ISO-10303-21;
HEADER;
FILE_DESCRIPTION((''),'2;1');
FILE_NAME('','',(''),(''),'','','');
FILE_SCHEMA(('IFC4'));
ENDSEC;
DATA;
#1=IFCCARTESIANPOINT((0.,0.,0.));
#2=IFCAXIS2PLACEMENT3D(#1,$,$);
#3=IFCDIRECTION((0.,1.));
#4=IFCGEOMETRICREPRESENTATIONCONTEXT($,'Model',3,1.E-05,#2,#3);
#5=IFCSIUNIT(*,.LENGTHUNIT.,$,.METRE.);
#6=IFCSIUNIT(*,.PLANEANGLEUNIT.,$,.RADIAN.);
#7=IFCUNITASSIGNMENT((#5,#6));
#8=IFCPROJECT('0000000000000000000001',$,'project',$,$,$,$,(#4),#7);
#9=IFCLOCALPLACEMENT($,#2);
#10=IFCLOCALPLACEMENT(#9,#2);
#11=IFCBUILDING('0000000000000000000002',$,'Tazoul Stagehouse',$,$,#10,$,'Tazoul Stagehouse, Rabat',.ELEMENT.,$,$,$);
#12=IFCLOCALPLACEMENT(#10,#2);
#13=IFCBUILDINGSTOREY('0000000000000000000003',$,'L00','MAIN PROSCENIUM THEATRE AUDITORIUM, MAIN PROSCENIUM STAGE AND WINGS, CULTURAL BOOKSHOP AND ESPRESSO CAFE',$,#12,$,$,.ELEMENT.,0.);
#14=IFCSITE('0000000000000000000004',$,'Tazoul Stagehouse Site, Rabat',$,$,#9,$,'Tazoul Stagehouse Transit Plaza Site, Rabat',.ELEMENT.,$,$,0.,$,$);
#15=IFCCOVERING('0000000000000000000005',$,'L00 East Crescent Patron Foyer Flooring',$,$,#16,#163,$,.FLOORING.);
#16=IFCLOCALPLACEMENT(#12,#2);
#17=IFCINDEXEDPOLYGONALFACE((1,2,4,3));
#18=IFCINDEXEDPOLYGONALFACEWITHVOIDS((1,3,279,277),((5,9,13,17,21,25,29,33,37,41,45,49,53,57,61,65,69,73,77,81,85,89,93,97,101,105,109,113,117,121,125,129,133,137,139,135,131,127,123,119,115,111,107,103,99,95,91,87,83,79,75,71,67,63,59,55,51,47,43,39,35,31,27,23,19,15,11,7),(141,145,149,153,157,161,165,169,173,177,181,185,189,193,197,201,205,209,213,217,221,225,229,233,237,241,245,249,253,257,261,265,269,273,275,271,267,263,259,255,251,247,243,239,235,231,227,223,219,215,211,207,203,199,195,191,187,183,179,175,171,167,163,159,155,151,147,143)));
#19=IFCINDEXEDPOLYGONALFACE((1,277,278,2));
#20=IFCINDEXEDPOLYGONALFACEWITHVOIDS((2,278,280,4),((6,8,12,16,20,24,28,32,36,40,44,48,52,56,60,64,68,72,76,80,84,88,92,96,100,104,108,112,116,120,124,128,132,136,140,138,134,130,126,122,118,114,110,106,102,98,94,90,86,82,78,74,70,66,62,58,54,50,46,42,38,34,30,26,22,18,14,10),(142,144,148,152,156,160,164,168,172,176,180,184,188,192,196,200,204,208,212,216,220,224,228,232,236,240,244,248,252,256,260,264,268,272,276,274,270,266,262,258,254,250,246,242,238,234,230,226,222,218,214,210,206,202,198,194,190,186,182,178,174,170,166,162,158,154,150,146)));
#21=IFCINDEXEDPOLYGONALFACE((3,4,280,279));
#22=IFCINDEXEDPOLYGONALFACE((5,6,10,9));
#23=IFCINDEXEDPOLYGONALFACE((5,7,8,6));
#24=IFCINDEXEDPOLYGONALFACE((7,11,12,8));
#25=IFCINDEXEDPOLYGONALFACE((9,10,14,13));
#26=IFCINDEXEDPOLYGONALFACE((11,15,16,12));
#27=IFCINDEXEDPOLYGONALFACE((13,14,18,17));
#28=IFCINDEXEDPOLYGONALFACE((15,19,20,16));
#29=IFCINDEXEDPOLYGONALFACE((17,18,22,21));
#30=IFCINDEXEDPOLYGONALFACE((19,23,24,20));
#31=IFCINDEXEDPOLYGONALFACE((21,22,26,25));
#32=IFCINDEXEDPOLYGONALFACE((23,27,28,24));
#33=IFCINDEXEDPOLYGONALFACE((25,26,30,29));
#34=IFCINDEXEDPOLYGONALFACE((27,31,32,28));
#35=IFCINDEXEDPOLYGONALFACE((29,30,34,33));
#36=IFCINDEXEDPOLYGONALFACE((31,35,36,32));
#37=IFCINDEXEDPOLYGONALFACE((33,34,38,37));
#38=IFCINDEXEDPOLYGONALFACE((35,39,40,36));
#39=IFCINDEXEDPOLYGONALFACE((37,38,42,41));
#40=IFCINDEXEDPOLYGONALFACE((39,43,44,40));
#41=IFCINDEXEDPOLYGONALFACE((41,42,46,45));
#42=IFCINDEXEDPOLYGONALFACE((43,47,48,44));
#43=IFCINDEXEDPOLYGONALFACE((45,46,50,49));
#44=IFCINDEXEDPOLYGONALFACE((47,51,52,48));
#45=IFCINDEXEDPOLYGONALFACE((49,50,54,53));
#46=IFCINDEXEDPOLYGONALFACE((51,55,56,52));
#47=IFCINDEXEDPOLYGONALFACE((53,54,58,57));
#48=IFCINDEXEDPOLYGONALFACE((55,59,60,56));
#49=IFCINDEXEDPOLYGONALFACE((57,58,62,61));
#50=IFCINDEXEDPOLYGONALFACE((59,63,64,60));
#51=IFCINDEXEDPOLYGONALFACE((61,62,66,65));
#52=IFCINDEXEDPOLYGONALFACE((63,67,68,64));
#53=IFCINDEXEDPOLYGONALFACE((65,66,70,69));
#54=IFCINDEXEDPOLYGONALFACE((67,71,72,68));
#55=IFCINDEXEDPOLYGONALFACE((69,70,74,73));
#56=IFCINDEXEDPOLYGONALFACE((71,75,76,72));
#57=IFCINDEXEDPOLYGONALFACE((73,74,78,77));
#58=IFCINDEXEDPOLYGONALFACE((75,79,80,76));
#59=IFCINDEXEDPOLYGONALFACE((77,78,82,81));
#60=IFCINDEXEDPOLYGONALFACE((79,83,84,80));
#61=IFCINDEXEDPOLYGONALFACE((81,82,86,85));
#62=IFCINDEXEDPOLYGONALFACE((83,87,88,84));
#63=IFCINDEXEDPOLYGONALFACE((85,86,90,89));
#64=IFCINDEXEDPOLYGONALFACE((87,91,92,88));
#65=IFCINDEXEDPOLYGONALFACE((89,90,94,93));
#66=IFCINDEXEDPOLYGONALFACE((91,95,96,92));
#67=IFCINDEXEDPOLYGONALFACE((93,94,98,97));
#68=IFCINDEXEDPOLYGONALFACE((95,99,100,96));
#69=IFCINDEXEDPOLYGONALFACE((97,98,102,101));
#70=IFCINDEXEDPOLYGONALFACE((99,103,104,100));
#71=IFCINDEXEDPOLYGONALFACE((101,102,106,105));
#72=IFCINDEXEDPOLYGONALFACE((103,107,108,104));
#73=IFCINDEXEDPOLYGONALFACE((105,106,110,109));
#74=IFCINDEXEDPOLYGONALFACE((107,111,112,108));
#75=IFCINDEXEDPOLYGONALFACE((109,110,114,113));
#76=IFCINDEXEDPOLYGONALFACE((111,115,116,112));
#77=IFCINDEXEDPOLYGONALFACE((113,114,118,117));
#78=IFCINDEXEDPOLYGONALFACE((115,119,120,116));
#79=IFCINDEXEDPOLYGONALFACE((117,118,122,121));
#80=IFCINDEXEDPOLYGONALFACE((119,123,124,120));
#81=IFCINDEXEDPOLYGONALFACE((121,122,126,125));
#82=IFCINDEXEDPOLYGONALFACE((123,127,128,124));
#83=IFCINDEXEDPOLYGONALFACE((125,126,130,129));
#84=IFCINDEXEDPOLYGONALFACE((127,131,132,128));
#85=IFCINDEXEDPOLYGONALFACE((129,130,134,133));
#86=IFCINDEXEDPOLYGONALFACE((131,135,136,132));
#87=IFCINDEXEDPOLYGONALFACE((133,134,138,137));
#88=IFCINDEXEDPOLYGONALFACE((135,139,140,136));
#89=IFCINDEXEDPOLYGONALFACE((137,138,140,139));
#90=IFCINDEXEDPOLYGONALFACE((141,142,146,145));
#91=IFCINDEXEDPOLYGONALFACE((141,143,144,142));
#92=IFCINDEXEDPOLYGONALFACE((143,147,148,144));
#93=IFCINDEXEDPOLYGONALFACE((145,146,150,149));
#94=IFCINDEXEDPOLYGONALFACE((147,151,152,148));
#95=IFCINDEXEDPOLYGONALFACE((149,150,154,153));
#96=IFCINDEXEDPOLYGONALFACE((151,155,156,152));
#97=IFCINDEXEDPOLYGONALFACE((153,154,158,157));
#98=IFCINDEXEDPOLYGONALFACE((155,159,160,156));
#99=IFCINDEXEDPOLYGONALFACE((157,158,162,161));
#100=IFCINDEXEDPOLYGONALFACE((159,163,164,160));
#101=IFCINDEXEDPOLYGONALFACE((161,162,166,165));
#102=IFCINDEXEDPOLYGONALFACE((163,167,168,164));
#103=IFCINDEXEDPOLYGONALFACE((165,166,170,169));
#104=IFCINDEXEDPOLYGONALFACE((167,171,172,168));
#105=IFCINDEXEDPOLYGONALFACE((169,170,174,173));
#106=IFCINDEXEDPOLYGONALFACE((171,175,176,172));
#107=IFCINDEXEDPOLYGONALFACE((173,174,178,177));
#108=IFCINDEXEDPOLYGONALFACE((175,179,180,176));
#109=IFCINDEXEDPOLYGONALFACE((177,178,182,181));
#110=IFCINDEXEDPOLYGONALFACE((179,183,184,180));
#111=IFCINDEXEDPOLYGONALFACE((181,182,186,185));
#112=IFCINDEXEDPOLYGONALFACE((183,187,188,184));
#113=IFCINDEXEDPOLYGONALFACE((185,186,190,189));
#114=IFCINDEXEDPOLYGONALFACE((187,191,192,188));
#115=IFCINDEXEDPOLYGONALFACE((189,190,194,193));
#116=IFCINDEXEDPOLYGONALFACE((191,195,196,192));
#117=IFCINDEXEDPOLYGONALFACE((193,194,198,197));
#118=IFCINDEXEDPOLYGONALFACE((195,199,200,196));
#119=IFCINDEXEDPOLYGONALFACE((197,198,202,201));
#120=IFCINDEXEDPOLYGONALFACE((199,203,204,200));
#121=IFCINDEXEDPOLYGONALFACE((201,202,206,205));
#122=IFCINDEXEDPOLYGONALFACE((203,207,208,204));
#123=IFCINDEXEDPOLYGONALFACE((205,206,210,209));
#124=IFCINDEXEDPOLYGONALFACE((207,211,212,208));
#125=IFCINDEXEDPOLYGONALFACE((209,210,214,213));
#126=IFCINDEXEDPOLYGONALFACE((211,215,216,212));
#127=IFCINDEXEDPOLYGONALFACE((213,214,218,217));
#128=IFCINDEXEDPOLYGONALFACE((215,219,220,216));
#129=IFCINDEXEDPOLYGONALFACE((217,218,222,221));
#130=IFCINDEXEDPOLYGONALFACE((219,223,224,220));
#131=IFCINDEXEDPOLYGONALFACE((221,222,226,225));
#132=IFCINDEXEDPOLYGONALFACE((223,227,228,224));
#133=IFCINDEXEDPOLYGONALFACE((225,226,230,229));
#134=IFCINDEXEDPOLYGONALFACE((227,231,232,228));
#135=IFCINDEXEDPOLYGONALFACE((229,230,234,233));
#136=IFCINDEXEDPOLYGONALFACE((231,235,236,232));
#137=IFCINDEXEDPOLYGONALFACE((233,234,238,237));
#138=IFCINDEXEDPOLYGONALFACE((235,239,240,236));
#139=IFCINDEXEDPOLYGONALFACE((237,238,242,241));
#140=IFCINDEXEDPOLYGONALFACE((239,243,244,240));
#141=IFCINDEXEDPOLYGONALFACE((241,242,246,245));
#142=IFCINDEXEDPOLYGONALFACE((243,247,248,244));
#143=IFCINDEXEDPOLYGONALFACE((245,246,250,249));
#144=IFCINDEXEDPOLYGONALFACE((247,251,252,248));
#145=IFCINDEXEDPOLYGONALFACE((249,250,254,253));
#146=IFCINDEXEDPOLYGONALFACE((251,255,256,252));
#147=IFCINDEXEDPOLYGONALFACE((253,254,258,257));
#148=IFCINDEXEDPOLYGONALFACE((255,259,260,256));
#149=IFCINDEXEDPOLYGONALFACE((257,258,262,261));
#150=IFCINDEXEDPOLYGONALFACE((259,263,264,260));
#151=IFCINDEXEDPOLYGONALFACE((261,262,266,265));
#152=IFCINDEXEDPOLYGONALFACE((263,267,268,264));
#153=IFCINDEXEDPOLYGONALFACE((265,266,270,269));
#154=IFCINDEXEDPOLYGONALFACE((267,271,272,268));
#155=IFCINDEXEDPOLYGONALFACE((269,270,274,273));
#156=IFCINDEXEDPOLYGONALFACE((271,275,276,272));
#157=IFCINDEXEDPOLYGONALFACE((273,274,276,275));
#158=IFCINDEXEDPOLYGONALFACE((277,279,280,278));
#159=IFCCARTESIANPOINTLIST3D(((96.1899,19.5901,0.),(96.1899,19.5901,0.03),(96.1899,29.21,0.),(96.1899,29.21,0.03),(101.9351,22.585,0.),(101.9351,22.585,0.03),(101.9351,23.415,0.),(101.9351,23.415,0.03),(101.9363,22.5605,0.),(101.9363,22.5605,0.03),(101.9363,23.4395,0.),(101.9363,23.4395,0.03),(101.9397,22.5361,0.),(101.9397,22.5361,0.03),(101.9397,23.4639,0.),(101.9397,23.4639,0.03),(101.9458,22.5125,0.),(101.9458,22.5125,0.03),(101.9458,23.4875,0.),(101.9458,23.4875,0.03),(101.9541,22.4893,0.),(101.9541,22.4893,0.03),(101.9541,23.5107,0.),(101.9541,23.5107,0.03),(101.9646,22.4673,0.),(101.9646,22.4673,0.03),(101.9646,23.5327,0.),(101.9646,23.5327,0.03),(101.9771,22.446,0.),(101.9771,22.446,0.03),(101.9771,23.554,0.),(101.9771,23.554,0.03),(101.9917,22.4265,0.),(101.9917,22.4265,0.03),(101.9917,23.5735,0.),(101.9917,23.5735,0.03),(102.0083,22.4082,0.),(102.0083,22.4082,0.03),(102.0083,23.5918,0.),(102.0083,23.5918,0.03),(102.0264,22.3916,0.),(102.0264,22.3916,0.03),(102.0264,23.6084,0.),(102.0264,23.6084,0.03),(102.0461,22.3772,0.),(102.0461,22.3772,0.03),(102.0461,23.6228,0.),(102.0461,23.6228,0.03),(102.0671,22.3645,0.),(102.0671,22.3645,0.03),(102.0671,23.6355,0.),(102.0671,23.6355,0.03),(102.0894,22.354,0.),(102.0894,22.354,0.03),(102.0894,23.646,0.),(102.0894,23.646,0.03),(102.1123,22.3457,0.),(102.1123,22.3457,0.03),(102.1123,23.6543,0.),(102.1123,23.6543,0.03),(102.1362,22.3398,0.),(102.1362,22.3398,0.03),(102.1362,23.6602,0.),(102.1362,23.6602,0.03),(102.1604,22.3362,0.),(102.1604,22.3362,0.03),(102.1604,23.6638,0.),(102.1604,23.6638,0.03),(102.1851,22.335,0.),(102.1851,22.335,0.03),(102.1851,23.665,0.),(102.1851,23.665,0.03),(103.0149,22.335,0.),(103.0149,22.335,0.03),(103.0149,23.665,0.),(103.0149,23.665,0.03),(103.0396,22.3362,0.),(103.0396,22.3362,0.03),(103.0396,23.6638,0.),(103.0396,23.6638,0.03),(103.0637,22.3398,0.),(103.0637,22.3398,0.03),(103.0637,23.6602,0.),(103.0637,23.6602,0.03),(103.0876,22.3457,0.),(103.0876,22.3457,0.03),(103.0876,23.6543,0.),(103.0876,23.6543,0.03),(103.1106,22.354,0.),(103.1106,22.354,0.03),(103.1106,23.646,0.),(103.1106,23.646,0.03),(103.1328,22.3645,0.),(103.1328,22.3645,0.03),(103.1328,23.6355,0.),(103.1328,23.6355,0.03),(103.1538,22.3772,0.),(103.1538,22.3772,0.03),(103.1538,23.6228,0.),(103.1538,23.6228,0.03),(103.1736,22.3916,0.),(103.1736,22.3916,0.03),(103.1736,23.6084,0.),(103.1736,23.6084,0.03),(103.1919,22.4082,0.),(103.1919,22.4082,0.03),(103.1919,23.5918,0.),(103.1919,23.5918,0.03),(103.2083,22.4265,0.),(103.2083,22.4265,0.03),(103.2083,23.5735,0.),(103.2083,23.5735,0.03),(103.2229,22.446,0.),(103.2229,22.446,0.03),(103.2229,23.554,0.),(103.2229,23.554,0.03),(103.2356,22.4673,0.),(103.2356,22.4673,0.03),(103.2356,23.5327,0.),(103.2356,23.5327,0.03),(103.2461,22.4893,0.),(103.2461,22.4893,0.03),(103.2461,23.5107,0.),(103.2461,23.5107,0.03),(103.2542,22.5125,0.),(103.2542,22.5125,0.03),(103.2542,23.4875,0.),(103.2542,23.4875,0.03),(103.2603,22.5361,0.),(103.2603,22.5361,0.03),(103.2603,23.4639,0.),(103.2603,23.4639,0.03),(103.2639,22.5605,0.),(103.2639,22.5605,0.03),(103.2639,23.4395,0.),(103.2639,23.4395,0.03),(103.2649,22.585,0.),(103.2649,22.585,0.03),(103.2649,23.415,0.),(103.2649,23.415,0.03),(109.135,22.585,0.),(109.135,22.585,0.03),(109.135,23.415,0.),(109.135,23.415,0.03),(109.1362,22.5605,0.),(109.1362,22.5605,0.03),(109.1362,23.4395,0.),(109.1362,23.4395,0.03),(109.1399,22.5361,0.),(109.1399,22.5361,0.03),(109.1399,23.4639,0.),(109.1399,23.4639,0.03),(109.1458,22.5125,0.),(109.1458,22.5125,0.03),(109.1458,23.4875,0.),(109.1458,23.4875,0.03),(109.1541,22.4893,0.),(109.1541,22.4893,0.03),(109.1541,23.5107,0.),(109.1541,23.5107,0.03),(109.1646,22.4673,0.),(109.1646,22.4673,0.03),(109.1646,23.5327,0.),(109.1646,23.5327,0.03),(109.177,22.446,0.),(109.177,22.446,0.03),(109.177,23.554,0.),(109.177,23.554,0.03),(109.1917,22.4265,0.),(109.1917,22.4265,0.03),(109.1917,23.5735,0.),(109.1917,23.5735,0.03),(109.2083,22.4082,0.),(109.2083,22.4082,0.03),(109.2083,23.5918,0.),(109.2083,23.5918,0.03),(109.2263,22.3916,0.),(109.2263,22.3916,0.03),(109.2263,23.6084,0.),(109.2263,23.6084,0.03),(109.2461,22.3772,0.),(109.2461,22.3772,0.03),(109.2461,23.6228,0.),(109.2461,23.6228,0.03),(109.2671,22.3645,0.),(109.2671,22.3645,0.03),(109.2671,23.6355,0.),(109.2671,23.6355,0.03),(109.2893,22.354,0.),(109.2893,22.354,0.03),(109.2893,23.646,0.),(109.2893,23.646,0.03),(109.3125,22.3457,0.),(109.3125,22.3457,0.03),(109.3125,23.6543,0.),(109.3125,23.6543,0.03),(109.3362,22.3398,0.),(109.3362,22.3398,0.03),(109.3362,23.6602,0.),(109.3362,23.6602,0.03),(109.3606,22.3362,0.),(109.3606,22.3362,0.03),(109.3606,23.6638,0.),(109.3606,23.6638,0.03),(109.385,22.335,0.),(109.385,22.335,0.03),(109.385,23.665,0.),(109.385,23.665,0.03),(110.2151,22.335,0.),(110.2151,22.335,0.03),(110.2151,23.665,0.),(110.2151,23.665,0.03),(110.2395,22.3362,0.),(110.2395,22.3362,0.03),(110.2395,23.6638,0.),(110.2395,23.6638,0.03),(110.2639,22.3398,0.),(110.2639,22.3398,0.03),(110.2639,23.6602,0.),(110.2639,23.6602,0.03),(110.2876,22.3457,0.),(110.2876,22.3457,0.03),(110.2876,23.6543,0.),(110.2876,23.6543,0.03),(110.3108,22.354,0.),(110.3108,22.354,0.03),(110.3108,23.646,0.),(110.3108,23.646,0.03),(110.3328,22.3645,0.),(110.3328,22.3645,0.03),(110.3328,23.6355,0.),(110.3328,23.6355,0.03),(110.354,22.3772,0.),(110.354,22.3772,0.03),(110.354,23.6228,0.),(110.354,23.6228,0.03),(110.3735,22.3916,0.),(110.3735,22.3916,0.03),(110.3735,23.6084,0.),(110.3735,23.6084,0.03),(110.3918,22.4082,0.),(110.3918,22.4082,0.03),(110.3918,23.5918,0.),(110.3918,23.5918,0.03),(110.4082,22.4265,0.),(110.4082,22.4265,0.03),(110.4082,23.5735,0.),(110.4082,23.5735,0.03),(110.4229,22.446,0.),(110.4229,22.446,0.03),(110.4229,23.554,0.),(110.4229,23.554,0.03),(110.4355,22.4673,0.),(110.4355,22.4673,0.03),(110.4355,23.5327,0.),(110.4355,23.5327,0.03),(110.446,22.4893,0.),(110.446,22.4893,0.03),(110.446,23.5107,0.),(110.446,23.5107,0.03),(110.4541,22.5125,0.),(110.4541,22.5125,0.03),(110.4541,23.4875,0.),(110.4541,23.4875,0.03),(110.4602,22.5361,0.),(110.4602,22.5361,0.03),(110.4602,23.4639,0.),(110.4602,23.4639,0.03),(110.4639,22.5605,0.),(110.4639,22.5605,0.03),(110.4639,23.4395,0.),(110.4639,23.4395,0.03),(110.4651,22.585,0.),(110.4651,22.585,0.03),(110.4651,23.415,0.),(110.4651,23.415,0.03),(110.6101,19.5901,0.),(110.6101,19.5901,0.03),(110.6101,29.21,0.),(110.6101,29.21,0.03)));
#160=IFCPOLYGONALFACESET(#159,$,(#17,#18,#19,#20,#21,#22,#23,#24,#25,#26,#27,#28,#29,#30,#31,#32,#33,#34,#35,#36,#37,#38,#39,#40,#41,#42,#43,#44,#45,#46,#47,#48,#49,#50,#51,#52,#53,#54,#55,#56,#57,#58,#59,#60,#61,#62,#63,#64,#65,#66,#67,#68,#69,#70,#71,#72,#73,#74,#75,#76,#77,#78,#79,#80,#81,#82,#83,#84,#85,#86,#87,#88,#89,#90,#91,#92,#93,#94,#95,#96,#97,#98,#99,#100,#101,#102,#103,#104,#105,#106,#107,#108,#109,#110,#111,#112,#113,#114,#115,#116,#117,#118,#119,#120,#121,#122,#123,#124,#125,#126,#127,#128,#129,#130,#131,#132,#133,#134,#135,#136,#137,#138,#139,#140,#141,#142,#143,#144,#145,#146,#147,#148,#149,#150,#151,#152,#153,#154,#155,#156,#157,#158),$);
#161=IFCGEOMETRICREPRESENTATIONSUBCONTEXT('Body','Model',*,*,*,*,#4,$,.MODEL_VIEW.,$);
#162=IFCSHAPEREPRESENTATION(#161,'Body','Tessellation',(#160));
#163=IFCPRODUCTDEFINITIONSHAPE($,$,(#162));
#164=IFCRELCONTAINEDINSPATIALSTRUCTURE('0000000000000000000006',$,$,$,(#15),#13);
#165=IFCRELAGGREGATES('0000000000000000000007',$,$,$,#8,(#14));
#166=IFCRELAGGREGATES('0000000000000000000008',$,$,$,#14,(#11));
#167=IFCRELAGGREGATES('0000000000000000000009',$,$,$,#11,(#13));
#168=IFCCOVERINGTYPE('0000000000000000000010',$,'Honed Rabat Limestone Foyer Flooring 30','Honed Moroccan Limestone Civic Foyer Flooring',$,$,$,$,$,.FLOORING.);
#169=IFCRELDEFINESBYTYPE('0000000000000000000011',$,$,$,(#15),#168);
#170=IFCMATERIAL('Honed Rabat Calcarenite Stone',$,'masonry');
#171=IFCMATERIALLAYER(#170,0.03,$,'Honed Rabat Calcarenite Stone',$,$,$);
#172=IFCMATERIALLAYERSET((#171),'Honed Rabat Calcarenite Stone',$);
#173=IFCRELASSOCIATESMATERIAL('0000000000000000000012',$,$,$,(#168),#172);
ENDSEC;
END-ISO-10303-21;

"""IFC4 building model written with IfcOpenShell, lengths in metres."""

from ifc_helpers import new_model, si_unit, direction, origin, place, context, subcontext, project, spatial, polyline, outline, extrude, material, layer, layer_set, type_object, element, save


model = new_model("IFC4")

# Units and contexts
model_context = context("Model", 3, precision=1e-05, world=origin(), true_north=direction((0.0, 1.0)))
body_context = subcontext(model_context, "Body", "Model", "MODEL_VIEW")
ifc_project = project(units=[si_unit("LENGTHUNIT", "METRE"), si_unit("PLANEANGLEUNIT", "RADIAN")], contexts=[model_context])

# Site, building, storey
site_placement = place(None, origin())
site = spatial("IfcSite", under=ifc_project, at=site_placement, Name="Tazoul Stagehouse Site, Rabat", LongName="Tazoul Stagehouse Transit Plaza Site, Rabat", CompositionType="ELEMENT", RefElevation=0.0)
building_placement = place(site_placement, origin())
building = spatial("IfcBuilding", under=site, at=building_placement, Name="Tazoul Stagehouse", LongName="Tazoul Stagehouse, Rabat", CompositionType="ELEMENT")
storey_placement = place(building_placement, origin())
storey = spatial("IfcBuildingStorey", under=building, at=storey_placement, Name="L00", Description="MAIN PROSCENIUM THEATRE AUDITORIUM, MAIN PROSCENIUM STAGE AND WINGS, CULTURAL BOOKSHOP AND ESPRESSO CAFE", CompositionType="ELEMENT", Elevation=0.0)

# Covering
ifc_material_1 = material(Name="Honed Rabat Calcarenite Stone", Category="masonry")
ifc_layer_1 = layer(ifc_material_1, 0.03, Name="Honed Rabat Calcarenite Stone")
ifc_layer_set_1 = layer_set([ifc_layer_1], Name="Honed Rabat Calcarenite Stone")
covering_type_1 = type_object("IfcCoveringType", Name="Honed Rabat Limestone Foyer Flooring 30", Description="Honed Moroccan Limestone Civic Foyer Flooring", PredefinedType="FLOORING", material=ifc_layer_set_1)
covering_1_placement = place(storey_placement, origin())
element("IfcCovering", 1, at=covering_1_placement, inside=storey, type_object=covering_type_1, Name="L00 East Crescent Patron Foyer Flooring", PredefinedType="FLOORING", context=body_context, shape_type="SweptSolid", body=[
    extrude(outline(polyline([(110.6101, 29.21), (110.6101, 19.5901), (96.1899, 19.5901), (96.1899, 29.21), (110.6101, 29.21)]), holes=[polyline([(110.4639, 23.4395), (110.4602, 23.4639), (110.4541, 23.4875), (110.446, 23.5107), (110.4355, 23.5327), (110.4229, 23.554), (110.4082, 23.5735), (110.3918, 23.5918), (110.3735, 23.6084), (110.354, 23.6228), (110.3328, 23.6355), (110.3108, 23.646), (110.2876, 23.6543), (110.2639, 23.6602), (110.2395, 23.6638), (110.2151, 23.665), (109.385, 23.665), (109.3606, 23.6638), (109.3362, 23.6602), (109.3125, 23.6543), (109.2893, 23.646), (109.2671, 23.6355), (109.2461, 23.6228), (109.2263, 23.6084), (109.2083, 23.5918), (109.1917, 23.5735), (109.177, 23.554), (109.1646, 23.5327), (109.1541, 23.5107), (109.1458, 23.4875), (109.1399, 23.4639), (109.1362, 23.4395), (109.135, 23.415), (109.135, 22.585), (109.1362, 22.5605), (109.1399, 22.5361), (109.1458, 22.5125), (109.1541, 22.4893), (109.1646, 22.4673), (109.177, 22.446), (109.1917, 22.4265), (109.2083, 22.4082), (109.2263, 22.3916), (109.2461, 22.3772), (109.2671, 22.3645), (109.2893, 22.354), (109.3125, 22.3457), (109.3362, 22.3398), (109.3606, 22.3362), (109.385, 22.335), (110.2151, 22.335), (110.2395, 22.3362), (110.2639, 22.3398), (110.2876, 22.3457), (110.3108, 22.354), (110.3328, 22.3645), (110.354, 22.3772), (110.3735, 22.3916), (110.3918, 22.4082), (110.4082, 22.4265), (110.4229, 22.446), (110.4355, 22.4673), (110.446, 22.4893), (110.4541, 22.5125), (110.4602, 22.5361), (110.4639, 22.5605), (110.4651, 22.585), (110.4651, 23.415), (110.4639, 23.4395)]), polyline([(102.1604, 23.6638), (102.1362, 23.6602), (102.1123, 23.6543), (102.0894, 23.646), (102.0671, 23.6355), (102.0461, 23.6228), (102.0264, 23.6084), (102.0083, 23.5918), (101.9917, 23.5735), (101.9771, 23.554), (101.9646, 23.5327), (101.9541, 23.5107), (101.9458, 23.4875), (101.9397, 23.4639), (101.9363, 23.4395), (101.9351, 23.415), (101.9351, 22.585), (101.9363, 22.5605), (101.9397, 22.5361), (101.9458, 22.5125), (101.9541, 22.4893), (101.9646, 22.4673), (101.9771, 22.446), (101.9917, 22.4265), (102.0083, 22.4082), (102.0264, 22.3916), (102.0461, 22.3772), (102.0671, 22.3645), (102.0894, 22.354), (102.1123, 22.3457), (102.1362, 22.3398), (102.1604, 22.3362), (102.1851, 22.335), (103.0149, 22.335), (103.0396, 22.3362), (103.0637, 22.3398), (103.0876, 22.3457), (103.1106, 22.354), (103.1328, 22.3645), (103.1538, 22.3772), (103.1736, 22.3916), (103.1919, 22.4082), (103.2083, 22.4265), (103.2229, 22.446), (103.2356, 22.4673), (103.2461, 22.4893), (103.2542, 22.5125), (103.2603, 22.5361), (103.2639, 22.5605), (103.2649, 22.585), (103.2649, 23.415), (103.2639, 23.4395), (103.2603, 23.4639), (103.2542, 23.4875), (103.2461, 23.5107), (103.2356, 23.5327), (103.2229, 23.554), (103.2083, 23.5735), (103.1919, 23.5918), (103.1736, 23.6084), (103.1538, 23.6228), (103.1328, 23.6355), (103.1106, 23.646), (103.0876, 23.6543), (103.0637, 23.6602), (103.0396, 23.6638), (103.0149, 23.665), (102.1851, 23.665), (102.1604, 23.6638)])]), origin(), (0.0, 0.0, 1.0), 0.03),
])

save(model, "model.ifc")
